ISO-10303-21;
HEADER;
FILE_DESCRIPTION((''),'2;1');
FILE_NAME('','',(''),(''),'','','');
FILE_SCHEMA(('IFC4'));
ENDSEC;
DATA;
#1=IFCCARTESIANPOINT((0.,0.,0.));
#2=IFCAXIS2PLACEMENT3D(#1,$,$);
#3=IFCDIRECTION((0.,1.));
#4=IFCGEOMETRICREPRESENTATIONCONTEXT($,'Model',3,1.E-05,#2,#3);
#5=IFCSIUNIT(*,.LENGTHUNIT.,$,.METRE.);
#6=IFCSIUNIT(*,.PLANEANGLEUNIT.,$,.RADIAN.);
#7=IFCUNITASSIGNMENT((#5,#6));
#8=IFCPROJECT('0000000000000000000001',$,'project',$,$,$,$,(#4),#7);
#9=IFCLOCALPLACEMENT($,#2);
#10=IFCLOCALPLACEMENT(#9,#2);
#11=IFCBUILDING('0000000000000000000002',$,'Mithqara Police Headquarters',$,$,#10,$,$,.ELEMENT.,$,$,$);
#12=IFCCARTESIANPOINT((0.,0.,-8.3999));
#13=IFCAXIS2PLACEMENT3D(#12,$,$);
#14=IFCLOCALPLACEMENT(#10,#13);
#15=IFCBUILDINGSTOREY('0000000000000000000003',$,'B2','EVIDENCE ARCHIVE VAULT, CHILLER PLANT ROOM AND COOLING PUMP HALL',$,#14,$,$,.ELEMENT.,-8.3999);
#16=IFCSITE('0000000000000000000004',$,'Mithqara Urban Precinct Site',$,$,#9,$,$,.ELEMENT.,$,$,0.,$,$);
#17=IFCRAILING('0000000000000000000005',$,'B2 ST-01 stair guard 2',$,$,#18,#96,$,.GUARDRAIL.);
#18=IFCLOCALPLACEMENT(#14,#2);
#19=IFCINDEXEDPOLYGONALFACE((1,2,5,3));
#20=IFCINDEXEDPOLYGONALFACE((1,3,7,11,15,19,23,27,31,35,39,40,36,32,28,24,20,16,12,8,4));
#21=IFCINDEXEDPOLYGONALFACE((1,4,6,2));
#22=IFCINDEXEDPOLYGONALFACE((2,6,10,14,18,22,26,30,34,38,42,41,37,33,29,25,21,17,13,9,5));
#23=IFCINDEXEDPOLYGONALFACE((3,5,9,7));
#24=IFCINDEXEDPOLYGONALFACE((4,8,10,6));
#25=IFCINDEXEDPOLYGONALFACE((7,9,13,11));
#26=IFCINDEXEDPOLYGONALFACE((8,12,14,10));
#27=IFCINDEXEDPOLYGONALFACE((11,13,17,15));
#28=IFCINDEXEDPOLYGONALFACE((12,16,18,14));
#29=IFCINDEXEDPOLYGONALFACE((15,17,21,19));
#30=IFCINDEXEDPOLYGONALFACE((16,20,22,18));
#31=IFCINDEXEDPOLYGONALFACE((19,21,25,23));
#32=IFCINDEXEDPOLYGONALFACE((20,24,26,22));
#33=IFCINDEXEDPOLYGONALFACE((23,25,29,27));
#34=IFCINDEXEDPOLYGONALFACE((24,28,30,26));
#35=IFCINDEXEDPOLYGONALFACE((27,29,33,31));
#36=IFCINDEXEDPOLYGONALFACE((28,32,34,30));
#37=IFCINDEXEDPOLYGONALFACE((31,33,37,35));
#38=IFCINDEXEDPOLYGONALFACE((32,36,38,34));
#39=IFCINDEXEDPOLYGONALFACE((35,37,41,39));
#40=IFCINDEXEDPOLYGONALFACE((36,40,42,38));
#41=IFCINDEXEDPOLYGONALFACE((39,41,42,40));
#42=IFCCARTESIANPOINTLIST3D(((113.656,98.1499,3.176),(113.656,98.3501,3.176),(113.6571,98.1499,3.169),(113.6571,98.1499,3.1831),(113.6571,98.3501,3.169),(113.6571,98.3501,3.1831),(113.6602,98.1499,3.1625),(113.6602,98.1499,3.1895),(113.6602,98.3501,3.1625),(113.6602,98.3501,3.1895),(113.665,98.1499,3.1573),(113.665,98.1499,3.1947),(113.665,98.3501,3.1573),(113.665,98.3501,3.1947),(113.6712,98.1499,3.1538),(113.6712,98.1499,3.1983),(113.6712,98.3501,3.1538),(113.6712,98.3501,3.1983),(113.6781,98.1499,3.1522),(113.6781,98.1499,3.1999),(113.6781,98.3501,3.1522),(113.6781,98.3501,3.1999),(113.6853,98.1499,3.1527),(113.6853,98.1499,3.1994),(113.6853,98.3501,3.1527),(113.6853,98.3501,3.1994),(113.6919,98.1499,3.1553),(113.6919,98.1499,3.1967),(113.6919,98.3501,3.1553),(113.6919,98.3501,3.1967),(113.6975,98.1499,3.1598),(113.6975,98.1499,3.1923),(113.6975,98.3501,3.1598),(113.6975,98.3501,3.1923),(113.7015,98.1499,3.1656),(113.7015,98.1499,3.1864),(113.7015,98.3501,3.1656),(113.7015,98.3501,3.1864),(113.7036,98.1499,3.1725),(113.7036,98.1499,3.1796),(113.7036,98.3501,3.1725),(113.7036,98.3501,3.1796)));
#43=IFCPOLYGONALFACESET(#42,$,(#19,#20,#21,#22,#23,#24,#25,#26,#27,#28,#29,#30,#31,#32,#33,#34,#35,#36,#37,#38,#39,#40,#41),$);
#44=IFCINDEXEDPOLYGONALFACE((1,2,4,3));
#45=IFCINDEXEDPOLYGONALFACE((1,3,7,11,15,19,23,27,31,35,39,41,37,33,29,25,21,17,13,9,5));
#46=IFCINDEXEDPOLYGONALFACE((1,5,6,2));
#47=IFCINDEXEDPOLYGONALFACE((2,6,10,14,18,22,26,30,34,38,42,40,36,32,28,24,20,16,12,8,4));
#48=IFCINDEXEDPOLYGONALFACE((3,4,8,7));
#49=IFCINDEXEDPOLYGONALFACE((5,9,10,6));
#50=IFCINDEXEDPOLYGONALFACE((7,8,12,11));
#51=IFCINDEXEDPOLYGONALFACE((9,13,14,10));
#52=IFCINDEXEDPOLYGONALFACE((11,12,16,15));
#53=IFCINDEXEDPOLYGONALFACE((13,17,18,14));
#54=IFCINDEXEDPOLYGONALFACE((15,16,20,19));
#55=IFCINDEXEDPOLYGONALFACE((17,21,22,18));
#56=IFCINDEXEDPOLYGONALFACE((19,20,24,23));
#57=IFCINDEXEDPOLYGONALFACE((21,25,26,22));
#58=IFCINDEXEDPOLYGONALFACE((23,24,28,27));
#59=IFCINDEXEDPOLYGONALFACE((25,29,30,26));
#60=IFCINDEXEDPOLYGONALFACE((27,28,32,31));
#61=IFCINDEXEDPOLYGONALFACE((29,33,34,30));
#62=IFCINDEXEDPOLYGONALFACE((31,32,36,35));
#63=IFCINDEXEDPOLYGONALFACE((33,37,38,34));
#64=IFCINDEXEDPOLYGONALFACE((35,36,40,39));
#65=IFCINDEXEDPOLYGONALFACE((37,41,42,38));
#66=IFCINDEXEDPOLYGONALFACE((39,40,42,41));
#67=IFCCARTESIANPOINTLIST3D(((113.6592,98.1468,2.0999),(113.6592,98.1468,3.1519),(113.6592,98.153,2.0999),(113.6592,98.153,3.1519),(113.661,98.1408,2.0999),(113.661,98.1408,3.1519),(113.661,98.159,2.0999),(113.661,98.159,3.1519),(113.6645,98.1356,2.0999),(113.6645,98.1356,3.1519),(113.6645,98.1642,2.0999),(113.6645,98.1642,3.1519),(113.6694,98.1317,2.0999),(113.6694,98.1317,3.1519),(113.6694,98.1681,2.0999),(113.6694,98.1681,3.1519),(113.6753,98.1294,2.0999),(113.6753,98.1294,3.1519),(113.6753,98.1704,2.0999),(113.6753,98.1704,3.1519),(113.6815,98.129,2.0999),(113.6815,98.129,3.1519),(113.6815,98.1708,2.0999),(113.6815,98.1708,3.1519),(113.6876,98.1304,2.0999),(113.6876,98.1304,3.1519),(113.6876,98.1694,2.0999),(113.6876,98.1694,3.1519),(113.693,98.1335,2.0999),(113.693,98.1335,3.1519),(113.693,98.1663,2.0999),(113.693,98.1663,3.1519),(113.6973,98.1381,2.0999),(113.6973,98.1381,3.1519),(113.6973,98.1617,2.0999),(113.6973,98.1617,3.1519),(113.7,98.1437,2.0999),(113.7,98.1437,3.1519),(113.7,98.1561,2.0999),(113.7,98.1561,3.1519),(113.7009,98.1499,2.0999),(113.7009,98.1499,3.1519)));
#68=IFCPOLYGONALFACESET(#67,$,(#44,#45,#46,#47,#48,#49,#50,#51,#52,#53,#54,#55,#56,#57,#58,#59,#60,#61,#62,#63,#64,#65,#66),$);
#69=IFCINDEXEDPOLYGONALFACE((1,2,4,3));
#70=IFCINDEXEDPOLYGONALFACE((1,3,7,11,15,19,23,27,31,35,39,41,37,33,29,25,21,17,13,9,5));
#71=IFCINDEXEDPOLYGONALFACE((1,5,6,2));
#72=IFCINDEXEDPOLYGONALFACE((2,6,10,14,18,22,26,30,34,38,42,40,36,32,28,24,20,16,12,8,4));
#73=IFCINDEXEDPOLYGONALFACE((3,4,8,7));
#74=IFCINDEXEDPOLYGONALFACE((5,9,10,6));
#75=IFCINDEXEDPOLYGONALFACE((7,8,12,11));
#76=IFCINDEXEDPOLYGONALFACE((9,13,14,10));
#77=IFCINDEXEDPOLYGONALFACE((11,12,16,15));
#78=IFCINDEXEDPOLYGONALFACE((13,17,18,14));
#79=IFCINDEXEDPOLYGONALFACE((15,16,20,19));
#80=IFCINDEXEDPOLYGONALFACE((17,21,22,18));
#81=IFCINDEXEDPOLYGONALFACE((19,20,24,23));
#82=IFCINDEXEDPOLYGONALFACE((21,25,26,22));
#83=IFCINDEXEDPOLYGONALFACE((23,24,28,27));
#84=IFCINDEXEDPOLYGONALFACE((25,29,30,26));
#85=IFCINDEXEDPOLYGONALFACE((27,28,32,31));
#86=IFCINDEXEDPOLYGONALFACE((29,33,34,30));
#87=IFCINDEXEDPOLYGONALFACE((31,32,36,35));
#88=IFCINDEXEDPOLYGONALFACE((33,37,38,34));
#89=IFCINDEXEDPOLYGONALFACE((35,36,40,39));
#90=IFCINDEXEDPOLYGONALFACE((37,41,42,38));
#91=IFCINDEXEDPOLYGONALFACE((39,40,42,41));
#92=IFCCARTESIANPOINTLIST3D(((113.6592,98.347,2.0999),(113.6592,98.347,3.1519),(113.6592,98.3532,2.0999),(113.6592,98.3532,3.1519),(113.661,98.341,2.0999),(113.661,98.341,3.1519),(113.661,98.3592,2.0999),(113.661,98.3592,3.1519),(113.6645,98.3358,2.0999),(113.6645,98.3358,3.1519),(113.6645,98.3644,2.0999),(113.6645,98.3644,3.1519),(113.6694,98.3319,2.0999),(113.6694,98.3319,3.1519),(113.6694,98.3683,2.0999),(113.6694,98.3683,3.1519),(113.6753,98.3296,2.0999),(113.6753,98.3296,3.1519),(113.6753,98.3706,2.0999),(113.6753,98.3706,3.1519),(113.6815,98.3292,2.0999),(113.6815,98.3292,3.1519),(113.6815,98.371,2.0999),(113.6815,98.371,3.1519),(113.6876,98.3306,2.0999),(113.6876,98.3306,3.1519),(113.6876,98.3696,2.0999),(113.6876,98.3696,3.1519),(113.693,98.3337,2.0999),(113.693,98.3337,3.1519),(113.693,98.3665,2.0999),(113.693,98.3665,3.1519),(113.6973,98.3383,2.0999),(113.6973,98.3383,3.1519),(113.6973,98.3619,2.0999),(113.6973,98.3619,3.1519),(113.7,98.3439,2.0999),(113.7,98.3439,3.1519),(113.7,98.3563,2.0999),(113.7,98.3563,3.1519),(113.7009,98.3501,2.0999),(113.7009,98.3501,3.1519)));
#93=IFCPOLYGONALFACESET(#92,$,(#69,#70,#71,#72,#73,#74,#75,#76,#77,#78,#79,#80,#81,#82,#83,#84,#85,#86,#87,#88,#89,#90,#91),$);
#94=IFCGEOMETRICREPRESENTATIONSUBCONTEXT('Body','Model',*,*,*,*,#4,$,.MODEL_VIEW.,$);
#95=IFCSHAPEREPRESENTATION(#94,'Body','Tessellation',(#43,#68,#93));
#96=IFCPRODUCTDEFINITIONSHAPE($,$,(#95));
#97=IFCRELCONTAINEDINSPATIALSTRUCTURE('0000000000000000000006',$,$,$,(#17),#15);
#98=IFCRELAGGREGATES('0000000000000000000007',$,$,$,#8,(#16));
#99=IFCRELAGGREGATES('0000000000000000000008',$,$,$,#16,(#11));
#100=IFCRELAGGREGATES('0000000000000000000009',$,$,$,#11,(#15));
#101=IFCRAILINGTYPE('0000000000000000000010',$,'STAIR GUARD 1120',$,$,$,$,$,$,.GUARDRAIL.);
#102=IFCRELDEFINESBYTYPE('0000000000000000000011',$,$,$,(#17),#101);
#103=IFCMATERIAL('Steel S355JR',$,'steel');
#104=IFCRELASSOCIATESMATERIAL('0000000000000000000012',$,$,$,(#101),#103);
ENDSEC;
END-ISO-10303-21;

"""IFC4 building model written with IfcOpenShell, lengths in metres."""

from ifc_helpers import new_model, si_unit, direction, frame, origin, origin_2d, place, context, subcontext, project, spatial, circle, extrude, material, type_object, element, save


model = new_model("IFC4")

# Units and contexts
model_context = context("Model", 3, precision=1e-05, world=origin(), true_north=direction((0.0, 1.0)))
body_context = subcontext(model_context, "Body", "Model", "MODEL_VIEW")
ifc_project = project(units=[si_unit("LENGTHUNIT", "METRE"), si_unit("PLANEANGLEUNIT", "RADIAN")], contexts=[model_context])

# Site, building, storey
site_placement = place(None, origin())
site = spatial("IfcSite", under=ifc_project, at=site_placement, Name="Mithqara Urban Precinct Site", CompositionType="ELEMENT", RefElevation=0.0)
building_placement = place(site_placement, origin())
building = spatial("IfcBuilding", under=site, at=building_placement, Name="Mithqara Police Headquarters", CompositionType="ELEMENT")
storey_placement = place(building_placement, frame((0.0, 0.0, -8.3999)))
storey = spatial("IfcBuildingStorey", under=building, at=storey_placement, Name="B2", Description="EVIDENCE ARCHIVE VAULT, CHILLER PLANT ROOM AND COOLING PUMP HALL", CompositionType="ELEMENT", Elevation=-8.3999)

# Shared definitions
ifc_material_1 = material(Name="Steel S355JR", Category="steel")

# Railing
railing_type_1 = type_object("IfcRailingType", Name="STAIR GUARD 1120", PredefinedType="GUARDRAIL", material=ifc_material_1)
railing_1_placement = place(storey_placement, frame((113.6799, 98.1499, 2.0999)))
element("IfcRailing", 1, at=railing_1_placement, inside=storey, type_object=railing_type_1, Name="B2 ST-01 stair guard 2", PredefinedType="GUARDRAIL", context=body_context, shape_type="SweptSolid", body=[
    extrude(circle(Radius=0.0239, at=origin_2d()), frame((0.0, 0.0, 1.0762), z_axis=(0.0, 1.0, 0.0), x_axis=(-1.0, 0.0, 0.0)), (0.0, 0.0, 1.0), 0.2002),
    extrude(circle(Radius=0.021, at=origin_2d()), origin(), (0.0, 0.0, 1.0), 1.052),
    extrude(circle(Radius=0.021, at=origin_2d()), frame((0.0, 0.2002, 0.0)), (0.0, 0.0, 1.0), 1.052),
])

save(model, "model.ifc")
